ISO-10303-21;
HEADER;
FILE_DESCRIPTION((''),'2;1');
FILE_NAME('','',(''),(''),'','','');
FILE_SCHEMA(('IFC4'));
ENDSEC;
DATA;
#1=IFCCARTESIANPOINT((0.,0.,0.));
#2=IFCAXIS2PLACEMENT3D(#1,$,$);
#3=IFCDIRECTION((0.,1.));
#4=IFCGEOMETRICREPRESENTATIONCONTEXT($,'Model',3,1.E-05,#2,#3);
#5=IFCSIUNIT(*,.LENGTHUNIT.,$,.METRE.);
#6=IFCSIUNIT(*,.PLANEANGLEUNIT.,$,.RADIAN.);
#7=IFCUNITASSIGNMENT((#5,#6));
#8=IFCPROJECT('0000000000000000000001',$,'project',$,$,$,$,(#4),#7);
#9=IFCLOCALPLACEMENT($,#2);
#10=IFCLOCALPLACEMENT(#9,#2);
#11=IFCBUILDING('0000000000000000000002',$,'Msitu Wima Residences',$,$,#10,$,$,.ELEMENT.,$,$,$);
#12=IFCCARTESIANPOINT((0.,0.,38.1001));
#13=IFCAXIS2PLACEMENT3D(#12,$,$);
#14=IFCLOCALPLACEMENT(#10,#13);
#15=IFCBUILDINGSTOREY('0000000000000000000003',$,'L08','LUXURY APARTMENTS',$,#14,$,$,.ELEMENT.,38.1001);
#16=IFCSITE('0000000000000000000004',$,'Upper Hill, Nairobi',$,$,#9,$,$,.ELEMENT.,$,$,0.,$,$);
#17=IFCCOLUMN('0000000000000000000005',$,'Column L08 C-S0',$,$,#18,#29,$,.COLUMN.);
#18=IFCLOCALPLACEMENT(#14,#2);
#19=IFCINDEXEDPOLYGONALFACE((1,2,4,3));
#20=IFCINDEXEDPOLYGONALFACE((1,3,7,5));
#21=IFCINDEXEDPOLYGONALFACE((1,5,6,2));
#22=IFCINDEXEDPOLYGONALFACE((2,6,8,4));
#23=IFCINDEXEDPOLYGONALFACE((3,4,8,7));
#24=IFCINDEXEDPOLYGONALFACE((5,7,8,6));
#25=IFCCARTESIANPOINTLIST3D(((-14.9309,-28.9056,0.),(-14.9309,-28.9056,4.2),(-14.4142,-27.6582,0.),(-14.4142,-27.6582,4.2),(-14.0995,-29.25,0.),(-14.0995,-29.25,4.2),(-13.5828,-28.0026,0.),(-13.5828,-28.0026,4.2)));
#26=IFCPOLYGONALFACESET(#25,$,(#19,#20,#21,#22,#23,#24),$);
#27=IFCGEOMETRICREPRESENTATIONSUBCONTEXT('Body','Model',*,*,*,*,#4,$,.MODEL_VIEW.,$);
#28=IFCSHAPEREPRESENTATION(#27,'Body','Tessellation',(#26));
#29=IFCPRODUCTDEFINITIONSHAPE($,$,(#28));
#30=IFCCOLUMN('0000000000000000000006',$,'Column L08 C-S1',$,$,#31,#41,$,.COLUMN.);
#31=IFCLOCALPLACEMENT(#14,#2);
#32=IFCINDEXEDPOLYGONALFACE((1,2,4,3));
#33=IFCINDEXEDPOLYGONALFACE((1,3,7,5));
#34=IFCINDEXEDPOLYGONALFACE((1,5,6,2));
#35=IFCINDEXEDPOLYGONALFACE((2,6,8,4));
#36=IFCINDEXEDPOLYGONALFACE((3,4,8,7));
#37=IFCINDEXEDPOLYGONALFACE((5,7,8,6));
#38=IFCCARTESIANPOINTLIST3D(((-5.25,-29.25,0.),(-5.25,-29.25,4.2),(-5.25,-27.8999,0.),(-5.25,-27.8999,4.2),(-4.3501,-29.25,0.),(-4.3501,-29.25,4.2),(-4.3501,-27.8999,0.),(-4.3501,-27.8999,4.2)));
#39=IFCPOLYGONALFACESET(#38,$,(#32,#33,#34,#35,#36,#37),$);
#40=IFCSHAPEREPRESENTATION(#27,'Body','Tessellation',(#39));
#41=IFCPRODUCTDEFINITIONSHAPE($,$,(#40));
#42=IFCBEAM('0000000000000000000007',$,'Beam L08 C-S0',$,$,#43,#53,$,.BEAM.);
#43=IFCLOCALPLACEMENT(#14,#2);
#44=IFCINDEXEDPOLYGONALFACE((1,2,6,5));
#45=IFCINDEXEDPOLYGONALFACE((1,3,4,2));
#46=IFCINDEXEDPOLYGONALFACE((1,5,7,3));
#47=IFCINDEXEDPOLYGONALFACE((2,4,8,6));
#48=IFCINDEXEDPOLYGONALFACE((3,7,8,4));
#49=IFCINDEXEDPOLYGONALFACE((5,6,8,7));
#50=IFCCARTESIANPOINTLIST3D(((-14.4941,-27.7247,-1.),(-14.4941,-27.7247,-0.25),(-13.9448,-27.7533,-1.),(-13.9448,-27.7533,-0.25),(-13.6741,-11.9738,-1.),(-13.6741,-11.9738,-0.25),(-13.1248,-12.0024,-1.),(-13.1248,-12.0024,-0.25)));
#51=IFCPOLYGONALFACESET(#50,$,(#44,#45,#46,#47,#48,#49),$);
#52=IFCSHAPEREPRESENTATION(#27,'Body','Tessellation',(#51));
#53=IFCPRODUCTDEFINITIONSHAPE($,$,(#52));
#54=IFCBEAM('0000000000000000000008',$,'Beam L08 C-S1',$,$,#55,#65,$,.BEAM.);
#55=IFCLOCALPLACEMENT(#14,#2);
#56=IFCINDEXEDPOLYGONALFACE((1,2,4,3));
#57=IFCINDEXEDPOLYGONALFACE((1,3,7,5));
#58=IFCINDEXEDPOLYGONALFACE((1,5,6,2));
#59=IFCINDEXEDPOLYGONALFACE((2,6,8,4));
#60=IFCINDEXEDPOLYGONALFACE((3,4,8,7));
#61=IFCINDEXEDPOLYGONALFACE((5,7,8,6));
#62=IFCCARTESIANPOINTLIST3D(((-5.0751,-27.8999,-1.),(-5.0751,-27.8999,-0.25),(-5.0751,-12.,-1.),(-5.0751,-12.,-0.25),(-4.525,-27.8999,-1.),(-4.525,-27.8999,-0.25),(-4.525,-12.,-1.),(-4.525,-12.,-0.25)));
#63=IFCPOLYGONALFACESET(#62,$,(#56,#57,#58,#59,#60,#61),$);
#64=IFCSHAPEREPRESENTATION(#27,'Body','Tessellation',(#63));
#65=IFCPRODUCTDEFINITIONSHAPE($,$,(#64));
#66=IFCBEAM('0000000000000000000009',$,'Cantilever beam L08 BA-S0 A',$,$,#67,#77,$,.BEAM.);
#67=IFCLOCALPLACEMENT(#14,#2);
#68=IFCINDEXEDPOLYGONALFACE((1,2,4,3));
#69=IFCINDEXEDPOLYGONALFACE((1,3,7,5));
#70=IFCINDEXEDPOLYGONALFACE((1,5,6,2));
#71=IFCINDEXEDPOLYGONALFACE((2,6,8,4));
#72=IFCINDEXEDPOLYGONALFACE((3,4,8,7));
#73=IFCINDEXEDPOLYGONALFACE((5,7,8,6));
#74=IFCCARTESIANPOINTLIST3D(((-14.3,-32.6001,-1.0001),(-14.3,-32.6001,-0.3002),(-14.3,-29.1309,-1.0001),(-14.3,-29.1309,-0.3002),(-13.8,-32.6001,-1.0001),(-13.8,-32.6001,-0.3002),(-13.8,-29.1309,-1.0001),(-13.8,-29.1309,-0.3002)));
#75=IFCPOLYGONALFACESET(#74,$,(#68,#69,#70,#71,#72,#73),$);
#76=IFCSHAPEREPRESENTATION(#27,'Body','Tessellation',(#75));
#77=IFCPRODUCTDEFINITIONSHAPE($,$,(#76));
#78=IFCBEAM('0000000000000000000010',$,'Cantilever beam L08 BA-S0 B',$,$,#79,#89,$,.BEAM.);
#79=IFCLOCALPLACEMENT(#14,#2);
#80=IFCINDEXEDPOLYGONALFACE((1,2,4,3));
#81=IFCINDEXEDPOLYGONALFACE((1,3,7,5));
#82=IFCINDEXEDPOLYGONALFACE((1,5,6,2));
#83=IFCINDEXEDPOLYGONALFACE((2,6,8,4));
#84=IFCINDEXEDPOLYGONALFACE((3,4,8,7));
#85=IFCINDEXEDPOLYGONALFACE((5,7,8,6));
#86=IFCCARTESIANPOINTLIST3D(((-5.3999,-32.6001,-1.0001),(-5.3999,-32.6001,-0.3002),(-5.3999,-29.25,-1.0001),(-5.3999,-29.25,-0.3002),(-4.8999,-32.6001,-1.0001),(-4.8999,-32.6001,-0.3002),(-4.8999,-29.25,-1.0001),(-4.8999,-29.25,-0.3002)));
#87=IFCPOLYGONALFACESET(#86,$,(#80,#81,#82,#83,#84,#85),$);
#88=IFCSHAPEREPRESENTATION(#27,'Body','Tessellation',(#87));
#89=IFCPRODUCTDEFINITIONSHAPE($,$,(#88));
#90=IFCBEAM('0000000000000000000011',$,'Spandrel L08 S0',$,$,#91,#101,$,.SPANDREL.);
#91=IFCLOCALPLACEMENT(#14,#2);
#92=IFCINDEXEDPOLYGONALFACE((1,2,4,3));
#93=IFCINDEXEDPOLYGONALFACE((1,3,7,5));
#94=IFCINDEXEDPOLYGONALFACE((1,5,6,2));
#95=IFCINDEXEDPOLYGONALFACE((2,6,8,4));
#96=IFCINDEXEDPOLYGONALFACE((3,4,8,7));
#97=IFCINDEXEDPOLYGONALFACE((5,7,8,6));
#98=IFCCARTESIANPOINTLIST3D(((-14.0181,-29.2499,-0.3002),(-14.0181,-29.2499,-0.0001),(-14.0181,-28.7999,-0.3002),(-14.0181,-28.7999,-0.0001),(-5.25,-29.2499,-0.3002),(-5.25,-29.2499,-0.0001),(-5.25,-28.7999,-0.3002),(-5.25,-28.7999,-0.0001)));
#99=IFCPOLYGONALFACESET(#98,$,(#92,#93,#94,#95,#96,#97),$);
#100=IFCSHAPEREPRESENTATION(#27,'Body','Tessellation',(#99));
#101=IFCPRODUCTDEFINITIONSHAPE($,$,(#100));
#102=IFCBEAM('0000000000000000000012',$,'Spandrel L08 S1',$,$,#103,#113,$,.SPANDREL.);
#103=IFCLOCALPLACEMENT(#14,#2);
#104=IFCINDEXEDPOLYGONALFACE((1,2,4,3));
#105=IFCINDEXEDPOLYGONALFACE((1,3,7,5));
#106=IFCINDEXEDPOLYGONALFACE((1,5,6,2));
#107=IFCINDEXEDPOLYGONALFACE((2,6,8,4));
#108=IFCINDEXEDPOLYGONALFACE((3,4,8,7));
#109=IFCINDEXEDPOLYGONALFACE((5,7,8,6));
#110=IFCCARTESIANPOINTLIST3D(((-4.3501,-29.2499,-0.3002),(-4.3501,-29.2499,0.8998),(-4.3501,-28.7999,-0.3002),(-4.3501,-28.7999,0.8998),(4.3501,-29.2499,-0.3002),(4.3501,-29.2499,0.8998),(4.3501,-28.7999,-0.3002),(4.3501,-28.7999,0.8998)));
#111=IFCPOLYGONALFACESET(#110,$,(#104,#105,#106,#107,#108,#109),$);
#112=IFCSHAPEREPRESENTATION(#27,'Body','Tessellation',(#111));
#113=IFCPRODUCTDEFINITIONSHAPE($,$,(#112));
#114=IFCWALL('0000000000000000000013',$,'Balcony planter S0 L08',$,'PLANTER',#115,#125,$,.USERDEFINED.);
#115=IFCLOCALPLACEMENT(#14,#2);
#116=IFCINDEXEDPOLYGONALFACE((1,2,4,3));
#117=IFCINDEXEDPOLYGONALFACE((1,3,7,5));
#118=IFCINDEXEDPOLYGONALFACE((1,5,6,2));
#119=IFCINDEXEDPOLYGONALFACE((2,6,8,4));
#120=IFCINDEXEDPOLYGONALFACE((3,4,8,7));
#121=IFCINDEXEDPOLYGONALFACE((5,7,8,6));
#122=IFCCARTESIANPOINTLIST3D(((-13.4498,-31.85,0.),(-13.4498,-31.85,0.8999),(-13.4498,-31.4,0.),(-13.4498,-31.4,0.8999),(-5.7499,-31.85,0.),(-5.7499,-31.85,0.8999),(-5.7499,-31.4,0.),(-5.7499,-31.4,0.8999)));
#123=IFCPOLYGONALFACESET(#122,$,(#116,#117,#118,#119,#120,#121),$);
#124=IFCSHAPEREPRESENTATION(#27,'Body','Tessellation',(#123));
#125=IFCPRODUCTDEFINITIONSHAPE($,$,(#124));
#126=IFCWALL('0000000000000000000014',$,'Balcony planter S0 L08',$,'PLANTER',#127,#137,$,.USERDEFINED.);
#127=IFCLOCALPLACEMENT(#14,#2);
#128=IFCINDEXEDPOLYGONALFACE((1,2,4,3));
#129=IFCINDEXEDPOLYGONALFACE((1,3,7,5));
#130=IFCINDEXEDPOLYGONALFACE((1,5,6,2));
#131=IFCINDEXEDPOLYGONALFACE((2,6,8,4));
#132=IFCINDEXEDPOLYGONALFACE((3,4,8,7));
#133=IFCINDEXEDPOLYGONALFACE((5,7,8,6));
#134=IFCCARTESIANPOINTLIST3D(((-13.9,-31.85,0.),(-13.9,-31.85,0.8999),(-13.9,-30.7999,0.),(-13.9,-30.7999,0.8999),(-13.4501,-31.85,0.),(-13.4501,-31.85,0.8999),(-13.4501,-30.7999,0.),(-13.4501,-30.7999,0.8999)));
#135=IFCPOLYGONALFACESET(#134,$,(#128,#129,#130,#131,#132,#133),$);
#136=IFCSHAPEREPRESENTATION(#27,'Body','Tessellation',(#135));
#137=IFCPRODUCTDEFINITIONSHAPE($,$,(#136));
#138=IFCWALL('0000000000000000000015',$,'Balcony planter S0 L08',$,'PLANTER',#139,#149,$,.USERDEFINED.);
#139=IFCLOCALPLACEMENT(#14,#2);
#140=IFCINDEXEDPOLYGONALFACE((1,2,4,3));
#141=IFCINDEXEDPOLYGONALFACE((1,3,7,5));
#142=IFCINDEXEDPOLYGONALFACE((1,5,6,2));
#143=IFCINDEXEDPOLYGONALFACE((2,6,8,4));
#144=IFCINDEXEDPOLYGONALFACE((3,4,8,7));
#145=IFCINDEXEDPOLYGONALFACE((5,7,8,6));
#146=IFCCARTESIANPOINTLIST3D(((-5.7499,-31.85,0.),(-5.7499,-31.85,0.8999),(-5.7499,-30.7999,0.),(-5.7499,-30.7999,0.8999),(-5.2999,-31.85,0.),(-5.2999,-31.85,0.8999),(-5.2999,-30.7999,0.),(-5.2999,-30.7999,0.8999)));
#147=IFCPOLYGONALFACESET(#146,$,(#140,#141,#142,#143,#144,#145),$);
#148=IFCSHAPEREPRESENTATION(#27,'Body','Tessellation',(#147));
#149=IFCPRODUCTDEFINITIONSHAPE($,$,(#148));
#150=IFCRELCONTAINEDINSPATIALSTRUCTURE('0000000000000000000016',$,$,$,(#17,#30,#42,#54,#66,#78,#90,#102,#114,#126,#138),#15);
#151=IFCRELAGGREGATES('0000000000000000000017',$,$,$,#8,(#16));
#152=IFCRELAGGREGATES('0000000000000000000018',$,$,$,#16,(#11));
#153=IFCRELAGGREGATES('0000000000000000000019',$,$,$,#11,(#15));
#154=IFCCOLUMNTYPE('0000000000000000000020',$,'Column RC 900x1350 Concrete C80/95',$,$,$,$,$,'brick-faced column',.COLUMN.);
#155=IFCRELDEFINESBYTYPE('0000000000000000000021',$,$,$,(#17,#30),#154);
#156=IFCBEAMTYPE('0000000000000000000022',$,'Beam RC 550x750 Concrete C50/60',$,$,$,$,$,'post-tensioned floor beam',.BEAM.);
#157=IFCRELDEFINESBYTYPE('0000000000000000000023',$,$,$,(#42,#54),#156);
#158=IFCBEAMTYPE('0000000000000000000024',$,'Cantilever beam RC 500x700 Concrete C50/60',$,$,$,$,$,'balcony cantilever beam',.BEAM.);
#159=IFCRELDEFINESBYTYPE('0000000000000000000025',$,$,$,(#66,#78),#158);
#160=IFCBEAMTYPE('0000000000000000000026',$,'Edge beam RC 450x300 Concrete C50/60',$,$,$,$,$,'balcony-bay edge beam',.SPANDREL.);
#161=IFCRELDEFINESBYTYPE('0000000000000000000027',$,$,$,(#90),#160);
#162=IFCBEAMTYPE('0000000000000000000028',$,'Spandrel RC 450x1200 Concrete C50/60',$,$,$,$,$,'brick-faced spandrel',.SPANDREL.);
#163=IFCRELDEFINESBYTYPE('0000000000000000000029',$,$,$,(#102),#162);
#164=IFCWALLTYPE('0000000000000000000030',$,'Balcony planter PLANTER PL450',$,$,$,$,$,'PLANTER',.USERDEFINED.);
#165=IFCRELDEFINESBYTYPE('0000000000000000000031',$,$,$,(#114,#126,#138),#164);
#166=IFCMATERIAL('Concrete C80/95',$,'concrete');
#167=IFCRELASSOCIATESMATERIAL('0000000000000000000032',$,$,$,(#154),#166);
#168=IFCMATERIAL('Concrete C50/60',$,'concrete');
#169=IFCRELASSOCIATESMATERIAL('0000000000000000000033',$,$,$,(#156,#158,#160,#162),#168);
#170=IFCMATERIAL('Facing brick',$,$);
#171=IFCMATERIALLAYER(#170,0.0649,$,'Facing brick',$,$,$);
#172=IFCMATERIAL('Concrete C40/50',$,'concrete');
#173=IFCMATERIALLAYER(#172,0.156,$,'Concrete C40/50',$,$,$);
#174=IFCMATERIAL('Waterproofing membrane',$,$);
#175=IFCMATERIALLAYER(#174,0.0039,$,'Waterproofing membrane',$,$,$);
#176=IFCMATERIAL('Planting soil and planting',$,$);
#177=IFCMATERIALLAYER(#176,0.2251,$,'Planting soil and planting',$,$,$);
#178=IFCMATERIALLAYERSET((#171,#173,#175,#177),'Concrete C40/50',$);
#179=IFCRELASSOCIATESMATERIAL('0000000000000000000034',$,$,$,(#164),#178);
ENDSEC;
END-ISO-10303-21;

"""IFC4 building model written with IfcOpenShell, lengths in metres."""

from ifc_helpers import new_model, si_unit, direction, frame, frame_2d, origin, origin_2d, place, context, subcontext, project, spatial, rectangle, extrude, material, layer, layer_set, material_profile, profile_set, type_object, element, save


model = new_model("IFC4")

# Units and contexts
model_context = context("Model", 3, precision=1e-05, world=origin(), true_north=direction((0.0, 1.0)))
body_context = subcontext(model_context, "Body", "Model", "MODEL_VIEW")
ifc_project = project(units=[si_unit("LENGTHUNIT", "METRE"), si_unit("PLANEANGLEUNIT", "RADIAN")], contexts=[model_context])

# Site, building, storey
site_placement = place(None, origin())
site = spatial("IfcSite", under=ifc_project, at=site_placement, Name="Upper Hill, Nairobi", CompositionType="ELEMENT", RefElevation=0.0)
building_placement = place(site_placement, origin())
building = spatial("IfcBuilding", under=site, at=building_placement, Name="Msitu Wima Residences", CompositionType="ELEMENT")
storey_placement = place(building_placement, frame((0.0, 0.0, 38.1001)))
storey = spatial("IfcBuildingStorey", under=building, at=storey_placement, Name="L08", Description="LUXURY APARTMENTS", CompositionType="ELEMENT", Elevation=38.1001)

# Columns
ifc_material_1 = material(Name="Concrete C80/95", Category="concrete")
ifc_material_profile_1 = material_profile(ifc_material_1, rectangle(XDim=0.8999, YDim=1.3501, at=origin_2d()), Name="RC 900x1350")
ifc_profile_set_1 = profile_set([ifc_material_profile_1], Name="Concrete C80/95")
column_type = type_object("IfcColumnType", Name="Column RC 900x1350 Concrete C80/95", ElementType="brick-faced column", PredefinedType="COLUMN", material=ifc_profile_set_1)
for number, where, z_axis, x_axis, name in (
    (1, (-14.2568, -28.4541, 0.0), (0.0, 0.0, 1.0), (0.92388, -0.382683, 0.0), "Column L08 C-S0"),
    (2, (-4.8, -28.575, 0.0), (0.0, 0.0, 1.0), (1.0, 0.0, 0.0), "Column L08 C-S1"),
):
    element("IfcColumn", number, at=place(storey_placement, frame(where, z_axis=z_axis, x_axis=x_axis)), inside=storey, type_object=column_type, Name=name, PredefinedType="COLUMN", context=body_context, shape_type="SweptSolid", body=[
        extrude(rectangle(XDim=0.8999, YDim=1.3501, at=origin_2d()), origin(), (0.0, 0.0, 1.0), 4.2),
    ])

# Beams
ifc_material_2 = material(Name="Concrete C50/60", Category="concrete")
ifc_material_profile_2 = material_profile(ifc_material_2, rectangle(XDim=0.55, YDim=0.75, at=origin_2d()), Name="RC 550x750")
ifc_profile_set_2 = profile_set([ifc_material_profile_2], Name="Concrete C50/60")
beam_type_1 = type_object("IfcBeamType", Name="Beam RC 550x750 Concrete C50/60", ElementType="post-tensioned floor beam", PredefinedType="BEAM", material=ifc_profile_set_2)
beam_1_placement = place(storey_placement, frame((-14.2195, -27.739, -0.625), z_axis=(0.051994, 0.998647, 0.0), x_axis=(-0.998647, 0.051994, 0.0)))
element("IfcBeam", 3, at=beam_1_placement, inside=storey, type_object=beam_type_1, Name="Beam L08 C-S0", PredefinedType="BEAM", context=body_context, shape_type="SweptSolid", body=[
    extrude(rectangle(XDim=0.55, YDim=0.75, at=origin_2d()), origin(), (0.0, 0.0, 1.0), 15.7722),
])
beam_2_placement = place(storey_placement, frame((-4.8, -27.8999, -0.625), z_axis=(0.0, 1.0, 0.0), x_axis=(-1.0, 0.0, 0.0)))
element("IfcBeam", 4, at=beam_2_placement, inside=storey, type_object=beam_type_1, Name="Beam L08 C-S1", PredefinedType="BEAM", context=body_context, shape_type="SweptSolid", body=[
    extrude(rectangle(XDim=0.55, YDim=0.75, at=origin_2d()), origin(), (0.0, 0.0, 1.0), 15.8999),
])
ifc_material_profile_3 = material_profile(ifc_material_2, rectangle(XDim=0.5, YDim=0.7, at=origin_2d()), Name="RC 500x700")
ifc_profile_set_3 = profile_set([ifc_material_profile_3], Name="Concrete C50/60")
beam_type_2 = type_object("IfcBeamType", Name="Cantilever beam RC 500x700 Concrete C50/60", ElementType="balcony cantilever beam", PredefinedType="BEAM", material=ifc_profile_set_3)
beam_3_placement = place(storey_placement, frame((-14.05, -29.1309, -0.6501), z_axis=(0.0, -1.0, 0.0), x_axis=(1.0, 0.0, 0.0)))
element("IfcBeam", 5, at=beam_3_placement, inside=storey, type_object=beam_type_2, Name="Cantilever beam L08 BA-S0 A", PredefinedType="BEAM", context=body_context, shape_type="SweptSolid", body=[
    extrude(rectangle(XDim=0.5, YDim=0.7, at=origin_2d()), origin(), (0.0, 0.0, 1.0), 3.4692),
])
beam_4_placement = place(storey_placement, frame((-5.1499, -29.25, -0.6501), z_axis=(0.0, -1.0, 0.0), x_axis=(1.0, 0.0, 0.0)))
element("IfcBeam", 6, at=beam_4_placement, inside=storey, type_object=beam_type_2, Name="Cantilever beam L08 BA-S0 B", PredefinedType="BEAM", context=body_context, shape_type="SweptSolid", body=[
    extrude(rectangle(XDim=0.5, YDim=0.7, at=origin_2d()), origin(), (0.0, 0.0, 1.0), 3.3501),
])
ifc_material_profile_4 = material_profile(ifc_material_2, rectangle(XDim=0.45, YDim=0.3, at=origin_2d()), Name="RC 450x300")
ifc_profile_set_4 = profile_set([ifc_material_profile_4], Name="Concrete C50/60")
beam_type_3 = type_object("IfcBeamType", Name="Edge beam RC 450x300 Concrete C50/60", ElementType="balcony-bay edge beam", PredefinedType="SPANDREL", material=ifc_profile_set_4)
beam_5_placement = place(storey_placement, frame((-14.0181, -29.0249, -0.1501), z_axis=(1.0, 0.0, 0.0), x_axis=(0.0, 1.0, 0.0)))
element("IfcBeam", 7, at=beam_5_placement, inside=storey, type_object=beam_type_3, Name="Spandrel L08 S0", PredefinedType="SPANDREL", context=body_context, shape_type="SweptSolid", body=[
    extrude(rectangle(XDim=0.45, YDim=0.3, at=origin_2d()), origin(), (0.0, 0.0, 1.0), 8.7681),
])
ifc_material_profile_5 = material_profile(ifc_material_2, rectangle(XDim=0.45, YDim=1.2, at=origin_2d()), Name="RC 450x1200")
ifc_profile_set_5 = profile_set([ifc_material_profile_5], Name="Concrete C50/60")
beam_type_4 = type_object("IfcBeamType", Name="Spandrel RC 450x1200 Concrete C50/60", ElementType="brick-faced spandrel", PredefinedType="SPANDREL", material=ifc_profile_set_5)
beam_6_placement = place(storey_placement, frame((-4.3501, -29.0249, 0.2998), z_axis=(1.0, 0.0, 0.0), x_axis=(0.0, 1.0, 0.0)))
element("IfcBeam", 8, at=beam_6_placement, inside=storey, type_object=beam_type_4, Name="Spandrel L08 S1", PredefinedType="SPANDREL", context=body_context, shape_type="SweptSolid", body=[
    extrude(rectangle(XDim=0.45, YDim=1.2, at=origin_2d()), origin(), (0.0, 0.0, 1.0), 8.7002),
])

# Walls
ifc_material_3 = material(Name="Facing brick")
ifc_layer_1 = layer(ifc_material_3, 0.0649, Name="Facing brick")
ifc_material_4 = material(Name="Concrete C40/50", Category="concrete")
ifc_layer_2 = layer(ifc_material_4, 0.156, Name="Concrete C40/50")
ifc_material_5 = material(Name="Waterproofing membrane")
ifc_layer_3 = layer(ifc_material_5, 0.0039, Name="Waterproofing membrane")
ifc_material_6 = material(Name="Planting soil and planting")
ifc_layer_4 = layer(ifc_material_6, 0.2251, Name="Planting soil and planting")
ifc_layer_set_1 = layer_set([ifc_layer_1, ifc_layer_2, ifc_layer_3, ifc_layer_4], Name="Concrete C40/50")
wall_type_1 = type_object("IfcWallType", Name="Balcony planter PLANTER PL450", ElementType="PLANTER", PredefinedType="USERDEFINED", material=ifc_layer_set_1)
wall_1_placement = place(storey_placement, frame((-13.45, -31.625, 0.0), z_axis=(0.0, 0.0, 1.0), x_axis=(1.0, 0.0, 0.0)))
element("IfcWall", 9, at=wall_1_placement, inside=storey, type_object=wall_type_1, Name="Balcony planter S0 L08", ObjectType="PLANTER", PredefinedType="USERDEFINED", context=body_context, shape_type="SweptSolid", body=[
    extrude(rectangle(XDim=7.7, YDim=0.45, at=frame_2d((3.8501, 0.0))), origin(), (0.0, 0.0, 1.0), 0.8999),
])
for number, where, z_axis, x_axis, name in (
    (10, (-13.675, -30.8, 0.0), (0.0, 0.0, 1.0), (0.0, -1.0, 0.0), "Balcony planter S0 L08"),
    (11, (-5.5249, -30.8, 0.0), (0.0, 0.0, 1.0), (0.0, -1.0, 0.0), "Balcony planter S0 L08"),
):
    element("IfcWall", number, at=place(storey_placement, frame(where, z_axis=z_axis, x_axis=x_axis)), inside=storey, type_object=wall_type_1, Name=name, ObjectType="PLANTER", PredefinedType="USERDEFINED", context=body_context, shape_type="SweptSolid", body=[
        extrude(rectangle(XDim=1.05, YDim=0.45, at=frame_2d((0.5249, 0.0))), origin(), (0.0, 0.0, 1.0), 0.8999),
    ])

save(model, "model.ifc")
